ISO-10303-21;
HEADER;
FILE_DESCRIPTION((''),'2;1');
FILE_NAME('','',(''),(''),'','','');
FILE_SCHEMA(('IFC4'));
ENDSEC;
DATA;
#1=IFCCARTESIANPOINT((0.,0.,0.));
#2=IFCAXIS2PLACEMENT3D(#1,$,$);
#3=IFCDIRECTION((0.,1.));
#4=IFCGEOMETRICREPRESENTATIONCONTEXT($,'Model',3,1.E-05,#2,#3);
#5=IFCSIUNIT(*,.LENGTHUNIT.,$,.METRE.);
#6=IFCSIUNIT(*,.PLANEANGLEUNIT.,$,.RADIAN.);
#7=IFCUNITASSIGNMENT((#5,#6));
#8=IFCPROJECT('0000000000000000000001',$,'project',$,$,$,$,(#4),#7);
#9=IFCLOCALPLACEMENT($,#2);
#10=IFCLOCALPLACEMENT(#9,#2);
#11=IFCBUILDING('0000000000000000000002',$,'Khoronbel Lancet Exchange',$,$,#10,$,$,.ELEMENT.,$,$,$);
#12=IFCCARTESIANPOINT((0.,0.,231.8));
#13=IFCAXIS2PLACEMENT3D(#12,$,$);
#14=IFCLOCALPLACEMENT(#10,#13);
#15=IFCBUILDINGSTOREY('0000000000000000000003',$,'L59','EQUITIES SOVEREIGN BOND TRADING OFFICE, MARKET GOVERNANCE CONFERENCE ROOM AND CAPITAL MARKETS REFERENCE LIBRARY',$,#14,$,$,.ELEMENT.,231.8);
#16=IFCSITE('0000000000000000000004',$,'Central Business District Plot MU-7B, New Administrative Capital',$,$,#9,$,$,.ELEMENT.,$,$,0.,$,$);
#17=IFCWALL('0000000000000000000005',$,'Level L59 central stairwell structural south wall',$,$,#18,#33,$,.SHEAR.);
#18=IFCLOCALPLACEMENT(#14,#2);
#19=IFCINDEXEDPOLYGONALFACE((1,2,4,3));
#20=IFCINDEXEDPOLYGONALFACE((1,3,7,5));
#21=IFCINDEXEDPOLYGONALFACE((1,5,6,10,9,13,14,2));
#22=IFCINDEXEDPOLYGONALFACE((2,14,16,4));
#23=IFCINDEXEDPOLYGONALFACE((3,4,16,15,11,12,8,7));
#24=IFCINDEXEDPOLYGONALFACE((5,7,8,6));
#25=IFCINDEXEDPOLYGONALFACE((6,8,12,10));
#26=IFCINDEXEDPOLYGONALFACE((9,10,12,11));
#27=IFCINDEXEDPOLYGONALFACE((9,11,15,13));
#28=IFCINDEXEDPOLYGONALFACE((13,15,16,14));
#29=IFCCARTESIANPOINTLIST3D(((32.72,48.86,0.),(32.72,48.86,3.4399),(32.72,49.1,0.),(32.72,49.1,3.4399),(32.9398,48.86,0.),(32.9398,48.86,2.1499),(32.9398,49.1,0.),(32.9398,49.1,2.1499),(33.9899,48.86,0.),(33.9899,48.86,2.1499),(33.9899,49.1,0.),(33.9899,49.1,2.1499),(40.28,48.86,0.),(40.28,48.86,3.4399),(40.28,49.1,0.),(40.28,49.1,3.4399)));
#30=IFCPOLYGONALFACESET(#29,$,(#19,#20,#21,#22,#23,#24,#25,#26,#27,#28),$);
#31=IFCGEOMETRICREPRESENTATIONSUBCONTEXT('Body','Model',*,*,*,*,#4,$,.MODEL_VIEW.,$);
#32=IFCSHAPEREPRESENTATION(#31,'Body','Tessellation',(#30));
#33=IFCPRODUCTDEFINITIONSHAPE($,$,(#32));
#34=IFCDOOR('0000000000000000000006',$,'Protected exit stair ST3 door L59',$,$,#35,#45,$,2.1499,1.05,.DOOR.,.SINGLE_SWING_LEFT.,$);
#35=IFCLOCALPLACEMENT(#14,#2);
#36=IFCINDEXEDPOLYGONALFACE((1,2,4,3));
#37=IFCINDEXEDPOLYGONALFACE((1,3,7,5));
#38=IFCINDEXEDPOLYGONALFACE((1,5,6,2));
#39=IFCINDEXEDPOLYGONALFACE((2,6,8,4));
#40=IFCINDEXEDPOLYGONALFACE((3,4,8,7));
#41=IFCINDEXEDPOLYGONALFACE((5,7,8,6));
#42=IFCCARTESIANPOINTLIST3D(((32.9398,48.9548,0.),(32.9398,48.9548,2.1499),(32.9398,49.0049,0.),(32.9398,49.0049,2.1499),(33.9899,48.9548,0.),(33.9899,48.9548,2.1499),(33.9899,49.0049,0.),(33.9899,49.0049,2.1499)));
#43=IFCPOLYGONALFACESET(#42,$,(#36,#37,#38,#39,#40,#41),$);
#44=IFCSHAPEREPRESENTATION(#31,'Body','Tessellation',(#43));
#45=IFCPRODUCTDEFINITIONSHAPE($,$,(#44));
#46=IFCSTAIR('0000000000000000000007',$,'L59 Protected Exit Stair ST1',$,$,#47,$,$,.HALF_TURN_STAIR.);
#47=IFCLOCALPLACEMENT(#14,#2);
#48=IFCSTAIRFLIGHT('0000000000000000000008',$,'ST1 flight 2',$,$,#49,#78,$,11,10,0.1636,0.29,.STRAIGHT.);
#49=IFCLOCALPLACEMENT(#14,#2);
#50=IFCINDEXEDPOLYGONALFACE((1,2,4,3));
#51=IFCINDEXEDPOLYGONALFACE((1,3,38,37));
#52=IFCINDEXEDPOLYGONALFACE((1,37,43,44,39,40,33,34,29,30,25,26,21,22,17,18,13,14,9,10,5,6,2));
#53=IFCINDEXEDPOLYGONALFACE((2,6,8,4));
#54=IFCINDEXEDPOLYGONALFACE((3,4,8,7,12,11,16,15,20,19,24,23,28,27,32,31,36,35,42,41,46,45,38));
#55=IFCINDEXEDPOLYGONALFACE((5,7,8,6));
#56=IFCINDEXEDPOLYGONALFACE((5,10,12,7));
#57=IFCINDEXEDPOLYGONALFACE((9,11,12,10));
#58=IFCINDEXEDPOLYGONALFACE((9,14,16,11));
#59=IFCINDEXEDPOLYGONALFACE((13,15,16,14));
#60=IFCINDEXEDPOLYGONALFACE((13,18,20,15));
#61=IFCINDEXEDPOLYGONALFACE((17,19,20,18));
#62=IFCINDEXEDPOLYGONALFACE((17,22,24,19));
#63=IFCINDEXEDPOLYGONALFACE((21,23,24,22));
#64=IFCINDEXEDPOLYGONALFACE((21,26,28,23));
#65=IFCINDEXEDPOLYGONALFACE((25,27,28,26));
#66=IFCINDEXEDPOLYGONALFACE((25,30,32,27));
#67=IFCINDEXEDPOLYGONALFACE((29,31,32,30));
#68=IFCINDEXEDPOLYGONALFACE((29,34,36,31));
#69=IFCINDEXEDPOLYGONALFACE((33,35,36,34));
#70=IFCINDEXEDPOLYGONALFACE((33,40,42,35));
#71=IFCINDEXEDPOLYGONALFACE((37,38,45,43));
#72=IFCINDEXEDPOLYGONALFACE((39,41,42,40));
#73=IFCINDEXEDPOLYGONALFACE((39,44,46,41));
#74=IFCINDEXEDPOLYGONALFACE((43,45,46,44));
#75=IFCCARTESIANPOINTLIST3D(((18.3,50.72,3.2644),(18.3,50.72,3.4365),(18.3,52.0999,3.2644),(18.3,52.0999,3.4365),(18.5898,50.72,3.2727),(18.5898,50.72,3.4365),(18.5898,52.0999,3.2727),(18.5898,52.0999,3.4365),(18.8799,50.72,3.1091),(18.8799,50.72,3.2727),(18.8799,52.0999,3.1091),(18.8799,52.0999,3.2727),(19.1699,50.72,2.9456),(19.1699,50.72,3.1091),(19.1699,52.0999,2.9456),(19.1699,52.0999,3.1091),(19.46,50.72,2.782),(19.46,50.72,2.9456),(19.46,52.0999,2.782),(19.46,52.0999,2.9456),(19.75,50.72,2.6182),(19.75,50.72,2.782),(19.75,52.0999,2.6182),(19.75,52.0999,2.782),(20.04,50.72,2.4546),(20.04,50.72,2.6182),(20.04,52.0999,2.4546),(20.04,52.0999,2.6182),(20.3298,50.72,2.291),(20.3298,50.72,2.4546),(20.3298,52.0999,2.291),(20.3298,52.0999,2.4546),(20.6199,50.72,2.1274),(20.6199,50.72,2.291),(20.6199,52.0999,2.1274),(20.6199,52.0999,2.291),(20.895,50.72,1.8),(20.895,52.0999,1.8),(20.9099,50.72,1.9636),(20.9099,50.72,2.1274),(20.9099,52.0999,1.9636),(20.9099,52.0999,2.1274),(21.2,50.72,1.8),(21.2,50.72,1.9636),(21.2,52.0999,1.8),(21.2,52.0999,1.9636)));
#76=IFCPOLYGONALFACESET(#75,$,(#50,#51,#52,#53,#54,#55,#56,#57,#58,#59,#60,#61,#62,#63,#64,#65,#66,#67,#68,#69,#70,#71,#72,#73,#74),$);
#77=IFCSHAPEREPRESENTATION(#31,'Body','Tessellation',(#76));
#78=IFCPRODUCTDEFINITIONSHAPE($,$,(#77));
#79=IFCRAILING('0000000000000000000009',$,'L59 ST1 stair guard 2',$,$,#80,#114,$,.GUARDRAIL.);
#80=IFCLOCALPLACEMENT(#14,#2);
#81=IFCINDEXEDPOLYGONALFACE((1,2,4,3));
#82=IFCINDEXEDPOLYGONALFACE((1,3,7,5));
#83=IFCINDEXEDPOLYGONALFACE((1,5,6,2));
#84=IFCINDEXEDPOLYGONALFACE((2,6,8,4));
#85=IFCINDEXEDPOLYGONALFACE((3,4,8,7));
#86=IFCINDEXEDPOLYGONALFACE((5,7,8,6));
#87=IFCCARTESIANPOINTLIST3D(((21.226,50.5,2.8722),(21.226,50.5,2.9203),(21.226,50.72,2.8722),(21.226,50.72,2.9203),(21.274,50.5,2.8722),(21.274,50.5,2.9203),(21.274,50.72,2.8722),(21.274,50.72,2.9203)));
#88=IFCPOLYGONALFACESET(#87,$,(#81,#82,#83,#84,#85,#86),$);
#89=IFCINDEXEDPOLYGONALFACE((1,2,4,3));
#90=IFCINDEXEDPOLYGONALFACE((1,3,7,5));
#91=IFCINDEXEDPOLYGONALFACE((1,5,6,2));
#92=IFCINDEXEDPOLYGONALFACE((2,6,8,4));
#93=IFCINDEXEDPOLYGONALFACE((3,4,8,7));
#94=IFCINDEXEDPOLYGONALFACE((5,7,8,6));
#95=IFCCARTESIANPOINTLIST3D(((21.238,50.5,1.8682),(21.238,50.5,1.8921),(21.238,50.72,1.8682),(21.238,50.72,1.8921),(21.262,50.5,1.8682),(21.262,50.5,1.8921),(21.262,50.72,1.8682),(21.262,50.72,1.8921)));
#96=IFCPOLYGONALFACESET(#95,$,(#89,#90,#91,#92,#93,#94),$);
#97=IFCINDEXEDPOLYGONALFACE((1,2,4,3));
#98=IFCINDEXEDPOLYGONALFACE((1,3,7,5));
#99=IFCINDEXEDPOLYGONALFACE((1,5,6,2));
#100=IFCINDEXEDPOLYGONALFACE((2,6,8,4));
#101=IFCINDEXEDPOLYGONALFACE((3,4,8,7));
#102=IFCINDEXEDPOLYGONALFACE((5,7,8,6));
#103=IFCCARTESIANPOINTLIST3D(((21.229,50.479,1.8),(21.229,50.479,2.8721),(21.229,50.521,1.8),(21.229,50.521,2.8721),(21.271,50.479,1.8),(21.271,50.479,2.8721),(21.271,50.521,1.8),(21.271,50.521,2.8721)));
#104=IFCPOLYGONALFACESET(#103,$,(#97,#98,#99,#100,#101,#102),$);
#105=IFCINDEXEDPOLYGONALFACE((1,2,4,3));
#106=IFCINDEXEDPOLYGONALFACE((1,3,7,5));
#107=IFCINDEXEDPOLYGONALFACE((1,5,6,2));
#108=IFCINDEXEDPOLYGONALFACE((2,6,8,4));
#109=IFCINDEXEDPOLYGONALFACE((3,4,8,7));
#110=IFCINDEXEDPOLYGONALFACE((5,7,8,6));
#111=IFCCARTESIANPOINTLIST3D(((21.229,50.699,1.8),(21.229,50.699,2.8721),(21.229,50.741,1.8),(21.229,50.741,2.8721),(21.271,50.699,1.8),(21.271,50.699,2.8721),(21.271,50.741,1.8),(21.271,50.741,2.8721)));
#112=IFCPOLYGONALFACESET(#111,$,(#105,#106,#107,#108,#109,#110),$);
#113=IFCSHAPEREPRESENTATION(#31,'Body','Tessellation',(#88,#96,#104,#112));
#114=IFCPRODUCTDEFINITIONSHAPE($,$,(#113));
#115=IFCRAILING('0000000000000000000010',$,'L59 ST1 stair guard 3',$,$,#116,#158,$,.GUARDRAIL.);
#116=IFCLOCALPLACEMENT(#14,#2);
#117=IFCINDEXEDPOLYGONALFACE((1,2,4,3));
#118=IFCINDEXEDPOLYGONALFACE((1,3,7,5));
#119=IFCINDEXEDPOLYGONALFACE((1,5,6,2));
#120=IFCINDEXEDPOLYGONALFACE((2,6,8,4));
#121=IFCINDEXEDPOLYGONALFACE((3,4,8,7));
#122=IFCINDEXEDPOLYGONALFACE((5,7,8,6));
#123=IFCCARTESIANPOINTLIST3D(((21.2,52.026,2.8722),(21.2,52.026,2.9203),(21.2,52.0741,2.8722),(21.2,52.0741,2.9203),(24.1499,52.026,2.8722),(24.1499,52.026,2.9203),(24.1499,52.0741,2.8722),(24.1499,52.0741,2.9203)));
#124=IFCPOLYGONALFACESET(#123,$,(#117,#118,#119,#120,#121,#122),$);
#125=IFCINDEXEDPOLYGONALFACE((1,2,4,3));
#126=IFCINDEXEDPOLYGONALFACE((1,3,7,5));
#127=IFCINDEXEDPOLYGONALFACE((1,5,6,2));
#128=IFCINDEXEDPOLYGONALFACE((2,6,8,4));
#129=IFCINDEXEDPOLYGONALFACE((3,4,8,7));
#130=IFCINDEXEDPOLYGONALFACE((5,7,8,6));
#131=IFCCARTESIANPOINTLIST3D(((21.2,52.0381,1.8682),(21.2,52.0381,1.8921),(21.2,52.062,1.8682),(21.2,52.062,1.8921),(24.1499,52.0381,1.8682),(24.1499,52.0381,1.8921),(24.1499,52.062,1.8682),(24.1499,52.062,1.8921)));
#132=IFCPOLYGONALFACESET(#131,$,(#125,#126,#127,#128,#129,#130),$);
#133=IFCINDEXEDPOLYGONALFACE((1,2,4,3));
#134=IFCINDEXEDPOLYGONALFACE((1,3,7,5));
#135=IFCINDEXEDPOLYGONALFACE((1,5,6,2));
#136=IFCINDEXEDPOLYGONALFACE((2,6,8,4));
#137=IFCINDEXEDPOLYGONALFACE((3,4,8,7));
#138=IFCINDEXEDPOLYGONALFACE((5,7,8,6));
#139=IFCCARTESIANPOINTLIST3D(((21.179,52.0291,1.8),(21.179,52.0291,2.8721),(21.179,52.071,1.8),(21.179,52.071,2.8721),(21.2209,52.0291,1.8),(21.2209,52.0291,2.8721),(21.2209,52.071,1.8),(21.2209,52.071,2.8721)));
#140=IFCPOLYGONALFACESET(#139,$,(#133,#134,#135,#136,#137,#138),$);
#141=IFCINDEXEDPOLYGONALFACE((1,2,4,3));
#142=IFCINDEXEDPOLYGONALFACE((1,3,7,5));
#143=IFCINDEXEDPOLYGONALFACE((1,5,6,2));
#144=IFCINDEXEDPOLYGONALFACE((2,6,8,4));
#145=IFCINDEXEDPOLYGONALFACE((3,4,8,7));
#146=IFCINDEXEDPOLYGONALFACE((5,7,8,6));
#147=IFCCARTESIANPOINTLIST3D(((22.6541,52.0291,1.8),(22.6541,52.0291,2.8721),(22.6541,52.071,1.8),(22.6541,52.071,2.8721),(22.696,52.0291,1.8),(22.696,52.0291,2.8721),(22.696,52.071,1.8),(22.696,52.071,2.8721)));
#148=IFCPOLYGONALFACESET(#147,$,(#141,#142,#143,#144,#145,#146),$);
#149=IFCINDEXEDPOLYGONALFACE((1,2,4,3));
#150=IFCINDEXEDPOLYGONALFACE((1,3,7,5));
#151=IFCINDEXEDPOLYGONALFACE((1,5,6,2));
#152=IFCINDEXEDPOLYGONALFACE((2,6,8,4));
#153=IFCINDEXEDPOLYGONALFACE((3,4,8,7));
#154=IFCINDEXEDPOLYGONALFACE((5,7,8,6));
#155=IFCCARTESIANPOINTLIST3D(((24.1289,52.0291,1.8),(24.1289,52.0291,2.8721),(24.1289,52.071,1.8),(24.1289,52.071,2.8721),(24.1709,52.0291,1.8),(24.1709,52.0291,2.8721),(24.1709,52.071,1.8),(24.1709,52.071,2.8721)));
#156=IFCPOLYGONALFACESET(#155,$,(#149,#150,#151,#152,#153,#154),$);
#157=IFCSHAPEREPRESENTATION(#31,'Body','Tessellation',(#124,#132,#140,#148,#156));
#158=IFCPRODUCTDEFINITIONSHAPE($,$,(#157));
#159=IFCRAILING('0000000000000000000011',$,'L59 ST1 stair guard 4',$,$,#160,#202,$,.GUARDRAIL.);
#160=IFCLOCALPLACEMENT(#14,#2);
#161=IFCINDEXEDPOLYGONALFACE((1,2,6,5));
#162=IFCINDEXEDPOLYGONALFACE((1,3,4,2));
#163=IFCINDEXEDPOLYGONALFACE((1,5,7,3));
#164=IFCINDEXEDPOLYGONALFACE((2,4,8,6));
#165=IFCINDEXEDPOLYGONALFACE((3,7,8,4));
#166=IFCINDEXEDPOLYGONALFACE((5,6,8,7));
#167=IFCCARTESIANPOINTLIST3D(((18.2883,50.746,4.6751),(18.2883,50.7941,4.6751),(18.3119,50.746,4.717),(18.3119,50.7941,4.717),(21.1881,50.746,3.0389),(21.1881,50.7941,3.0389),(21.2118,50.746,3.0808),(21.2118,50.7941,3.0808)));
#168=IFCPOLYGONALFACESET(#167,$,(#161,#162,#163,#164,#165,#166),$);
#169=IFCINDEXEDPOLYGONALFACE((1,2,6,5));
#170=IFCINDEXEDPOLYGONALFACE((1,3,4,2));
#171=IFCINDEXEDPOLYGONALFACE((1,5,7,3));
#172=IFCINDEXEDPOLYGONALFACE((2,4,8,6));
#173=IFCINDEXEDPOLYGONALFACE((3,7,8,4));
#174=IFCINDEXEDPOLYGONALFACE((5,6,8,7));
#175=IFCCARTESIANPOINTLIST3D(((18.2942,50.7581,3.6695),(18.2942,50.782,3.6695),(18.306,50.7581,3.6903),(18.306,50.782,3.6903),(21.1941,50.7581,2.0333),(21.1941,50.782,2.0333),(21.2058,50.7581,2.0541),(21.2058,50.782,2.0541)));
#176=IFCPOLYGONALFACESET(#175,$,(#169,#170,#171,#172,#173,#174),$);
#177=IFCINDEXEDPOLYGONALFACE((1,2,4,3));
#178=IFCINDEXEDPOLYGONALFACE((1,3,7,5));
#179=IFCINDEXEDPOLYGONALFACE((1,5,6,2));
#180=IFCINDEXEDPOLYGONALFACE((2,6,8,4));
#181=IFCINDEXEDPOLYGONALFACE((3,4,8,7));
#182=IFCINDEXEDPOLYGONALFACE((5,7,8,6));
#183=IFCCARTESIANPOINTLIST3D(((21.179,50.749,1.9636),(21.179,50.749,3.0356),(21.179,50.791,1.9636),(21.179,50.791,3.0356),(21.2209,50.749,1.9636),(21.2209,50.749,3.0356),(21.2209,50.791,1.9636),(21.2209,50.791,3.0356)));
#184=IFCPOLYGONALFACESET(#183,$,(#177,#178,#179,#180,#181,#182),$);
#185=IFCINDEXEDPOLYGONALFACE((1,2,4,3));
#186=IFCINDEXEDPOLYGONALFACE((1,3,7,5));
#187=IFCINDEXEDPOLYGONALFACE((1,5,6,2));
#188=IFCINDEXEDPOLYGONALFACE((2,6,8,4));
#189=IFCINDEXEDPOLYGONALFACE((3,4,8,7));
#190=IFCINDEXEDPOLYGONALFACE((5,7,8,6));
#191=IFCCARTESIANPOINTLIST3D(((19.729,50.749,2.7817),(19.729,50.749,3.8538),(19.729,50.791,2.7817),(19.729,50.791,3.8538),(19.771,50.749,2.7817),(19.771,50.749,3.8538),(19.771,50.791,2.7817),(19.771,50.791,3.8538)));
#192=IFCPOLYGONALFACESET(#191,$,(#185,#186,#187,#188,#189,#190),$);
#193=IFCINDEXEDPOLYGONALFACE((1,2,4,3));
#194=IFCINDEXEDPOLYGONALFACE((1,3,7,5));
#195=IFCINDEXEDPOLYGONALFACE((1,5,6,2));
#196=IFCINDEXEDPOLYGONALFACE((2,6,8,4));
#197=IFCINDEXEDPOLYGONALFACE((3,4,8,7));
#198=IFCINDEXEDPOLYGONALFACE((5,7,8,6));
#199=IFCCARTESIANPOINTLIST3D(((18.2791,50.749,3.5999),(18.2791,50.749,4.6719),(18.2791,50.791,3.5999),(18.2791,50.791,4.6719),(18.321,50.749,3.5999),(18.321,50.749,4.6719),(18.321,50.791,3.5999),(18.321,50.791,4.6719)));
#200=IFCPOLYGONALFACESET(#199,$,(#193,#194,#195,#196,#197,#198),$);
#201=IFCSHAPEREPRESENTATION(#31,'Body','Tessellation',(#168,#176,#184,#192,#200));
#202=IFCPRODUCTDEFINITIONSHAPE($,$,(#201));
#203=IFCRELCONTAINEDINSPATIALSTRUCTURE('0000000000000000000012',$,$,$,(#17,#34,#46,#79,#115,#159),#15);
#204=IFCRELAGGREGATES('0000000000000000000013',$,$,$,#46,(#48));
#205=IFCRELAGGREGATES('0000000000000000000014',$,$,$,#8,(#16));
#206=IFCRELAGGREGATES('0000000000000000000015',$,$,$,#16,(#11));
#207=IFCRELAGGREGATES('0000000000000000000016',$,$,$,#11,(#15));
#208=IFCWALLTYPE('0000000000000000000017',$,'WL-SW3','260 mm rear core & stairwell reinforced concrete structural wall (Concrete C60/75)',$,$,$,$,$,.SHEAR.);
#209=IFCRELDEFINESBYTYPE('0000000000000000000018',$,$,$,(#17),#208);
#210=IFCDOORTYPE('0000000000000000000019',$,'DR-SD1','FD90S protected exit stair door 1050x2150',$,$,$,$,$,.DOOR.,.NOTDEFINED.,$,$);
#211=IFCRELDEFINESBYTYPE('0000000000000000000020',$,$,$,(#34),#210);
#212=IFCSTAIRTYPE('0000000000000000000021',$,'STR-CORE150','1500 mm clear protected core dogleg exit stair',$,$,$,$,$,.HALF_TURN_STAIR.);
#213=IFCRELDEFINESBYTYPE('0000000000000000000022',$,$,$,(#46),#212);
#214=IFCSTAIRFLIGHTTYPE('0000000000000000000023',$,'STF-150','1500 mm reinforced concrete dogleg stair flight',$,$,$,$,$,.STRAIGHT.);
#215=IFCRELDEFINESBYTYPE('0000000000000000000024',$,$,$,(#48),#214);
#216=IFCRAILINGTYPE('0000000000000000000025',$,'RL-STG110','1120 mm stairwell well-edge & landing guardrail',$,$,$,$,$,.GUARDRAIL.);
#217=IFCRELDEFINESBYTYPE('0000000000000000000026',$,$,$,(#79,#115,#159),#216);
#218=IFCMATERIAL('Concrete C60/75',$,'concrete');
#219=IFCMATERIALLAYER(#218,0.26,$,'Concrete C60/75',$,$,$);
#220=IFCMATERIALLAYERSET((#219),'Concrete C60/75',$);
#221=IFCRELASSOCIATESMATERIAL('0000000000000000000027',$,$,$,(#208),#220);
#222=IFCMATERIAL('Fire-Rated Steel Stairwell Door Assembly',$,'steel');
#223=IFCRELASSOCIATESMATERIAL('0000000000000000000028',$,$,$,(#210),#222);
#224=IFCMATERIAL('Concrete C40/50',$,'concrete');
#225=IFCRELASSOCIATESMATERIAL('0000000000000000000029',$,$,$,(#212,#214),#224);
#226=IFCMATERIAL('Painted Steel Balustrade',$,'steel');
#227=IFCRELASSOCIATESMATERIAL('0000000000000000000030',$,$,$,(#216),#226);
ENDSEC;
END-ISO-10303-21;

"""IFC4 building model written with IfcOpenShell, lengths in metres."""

from ifc_helpers import new_model, si_unit, direction, frame, frame_2d, origin, origin_2d, place, context, subcontext, project, spatial, polyline, rectangle, outline, extrude, material, layer, layer_set, type_object, element, fill, aggregate, save


model = new_model("IFC4")

# Units and contexts
model_context = context("Model", 3, precision=1e-05, world=origin(), true_north=direction((0.0, 1.0)))
body_context = subcontext(model_context, "Body", "Model", "MODEL_VIEW")
ifc_project = project(units=[si_unit("LENGTHUNIT", "METRE"), si_unit("PLANEANGLEUNIT", "RADIAN")], contexts=[model_context])

# Site, building, storey
site_placement = place(None, origin())
site = spatial("IfcSite", under=ifc_project, at=site_placement, Name="Central Business District Plot MU-7B, New Administrative Capital", CompositionType="ELEMENT", RefElevation=0.0)
building_placement = place(site_placement, origin())
building = spatial("IfcBuilding", under=site, at=building_placement, Name="Khoronbel Lancet Exchange", CompositionType="ELEMENT")
storey_placement = place(building_placement, frame((0.0, 0.0, 231.8)))
storey = spatial("IfcBuildingStorey", under=building, at=storey_placement, Name="L59", Description="EQUITIES SOVEREIGN BOND TRADING OFFICE, MARKET GOVERNANCE CONFERENCE ROOM AND CAPITAL MARKETS REFERENCE LIBRARY", CompositionType="ELEMENT", Elevation=231.8)

# Shared definitions
ifc_material_1 = material(Name="Concrete C60/75", Category="concrete")
ifc_layer_1 = layer(ifc_material_1, 0.26, Name="Concrete C60/75")
ifc_layer_set_1 = layer_set([ifc_layer_1], Name="Concrete C60/75")
wall_type_1 = type_object("IfcWallType", Name="WL-SW3", Description="260 mm rear core & stairwell reinforced concrete structural wall (Concrete C60/75)", PredefinedType="SHEAR", material=ifc_layer_set_1)

# Wall, opening, door
wall_1_placement = place(storey_placement, frame((32.72, 48.98, 0.0), z_axis=(0.0, 0.0, 1.0), x_axis=(1.0, 0.0, 0.0)))
wall_1 = element("IfcWall", 1, at=wall_1_placement, inside=storey, type_object=wall_type_1, Name="Level L59 central stairwell structural south wall", PredefinedType="SHEAR", context=body_context, shape_type="SweptSolid", body=[
    extrude(rectangle(XDim=7.5601, YDim=0.24, at=frame_2d((3.78, 0.0))), origin(), (0.0, 0.0, 1.0), 3.4399),
])
opening_1_placement = place(wall_1_placement, frame((0.22, 0.0, 0.0)))
opening_1 = element("IfcOpeningElement", 2, at=opening_1_placement, cuts=wall_1, PredefinedType="OPENING", context=body_context, shape_type="SweptSolid", body=[
    extrude(rectangle(XDim=1.05, YDim=2.1499, at=frame_2d((0.5249, 1.075))), frame((0.0, 0.1299, 0.0), z_axis=(0.0, -1.0, 0.0), x_axis=(1.0, 0.0, 0.0)), (0.0, 0.0, 1.0), 0.26),
])
ifc_material_2 = material(Name="Fire-Rated Steel Stairwell Door Assembly", Category="steel")
door_type_1 = type_object("IfcDoorType", Name="DR-SD1", Description="FD90S protected exit stair door 1050x2150", OperationType="NOTDEFINED", PredefinedType="DOOR", material=ifc_material_2)
door_1_placement = place(opening_1_placement, origin())
door_1 = element("IfcDoor", 3, at=door_1_placement, inside=storey, type_object=door_type_1, Name="Protected exit stair ST3 door L59", OperationType="SINGLE_SWING_LEFT", OverallHeight=2.1499, OverallWidth=1.05, PredefinedType="DOOR", context=body_context, shape_type="SweptSolid", body=[
    extrude(rectangle(XDim=1.05, YDim=2.1499, at=frame_2d((0.5249, 1.075))), frame((0.0, 0.0249, 0.0), z_axis=(0.0, -1.0, 0.0), x_axis=(1.0, 0.0, 0.0)), (0.0, 0.0, 1.0), 0.05),
])
fill(opening_1, door_1)

# Stair, stair flight
ifc_material_3 = material(Name="Concrete C40/50", Category="concrete")
stair_type = type_object("IfcStairType", Name="STR-CORE150", Description="1500 mm clear protected core dogleg exit stair", PredefinedType="HALF_TURN_STAIR", material=ifc_material_3)
stair_placement = place(storey_placement, origin())
stair = element("IfcStair", 4, at=stair_placement, inside=storey, type_object=stair_type, Name="L59 Protected Exit Stair ST1", PredefinedType="HALF_TURN_STAIR")
stair_flight_type = type_object("IfcStairFlightType", Name="STF-150", Description="1500 mm reinforced concrete dogleg stair flight", PredefinedType="STRAIGHT", material=ifc_material_3)
stair_flight_placement = place(storey_placement, frame((21.2, 51.4099, 1.8), z_axis=(0.0, 0.0, 1.0), x_axis=(-1.0, 0.0, 0.0)))
stair_flight = element("IfcStairFlight", 5, at=stair_flight_placement, type_object=stair_flight_type, Name="ST1 flight 2", NumberOfRisers=11, NumberOfTreads=10, PredefinedType="STRAIGHT", RiserHeight=0.1636, TreadLength=0.29, context=body_context, shape_type="SweptSolid", body=[
    extrude(outline(polyline([(0.0, 0.0), (0.0, 0.1636), (0.29, 0.1636), (0.29, 0.3274), (0.5801, 0.3274), (0.5801, 0.491), (0.8701, 0.491), (0.8701, 0.6545), (1.1599, 0.6545), (1.1599, 0.8181), (1.45, 0.8181), (1.45, 0.9819), (1.74, 0.9819), (1.74, 1.1455), (2.03, 1.1455), (2.03, 1.3091), (2.3201, 1.3091), (2.3201, 1.4727), (2.6101, 1.4727), (2.6101, 1.6365), (2.8999, 1.6365), (2.8999, 1.8), (2.8999, 1.4644), (0.3049, 0.0), (0.0, 0.0)])), frame((0.0, 0.6899, 0.0), z_axis=(0.0, -1.0, 0.0), x_axis=(1.0, 0.0, 0.0)), (0.0, 0.0, 1.0), 1.3799),
])
aggregate(stair, [stair_flight])

# Railings
ifc_material_4 = material(Name="Painted Steel Balustrade", Category="steel")
railing_type_1 = type_object("IfcRailingType", Name="RL-STG110", Description="1120 mm stairwell well-edge & landing guardrail", PredefinedType="GUARDRAIL", material=ifc_material_4)
railing_1_placement = place(storey_placement, frame((21.25, 50.5, 1.8)))
element("IfcRailing", 6, at=railing_1_placement, inside=storey, type_object=railing_type_1, Name="L59 ST1 stair guard 2", PredefinedType="GUARDRAIL", context=body_context, shape_type="SweptSolid", body=[
    extrude(rectangle(XDim=0.0481, YDim=0.0481, at=origin_2d()), frame((0.0, 0.0, 1.0962), z_axis=(0.0, 1.0, 0.0), x_axis=(-1.0, 0.0, 0.0)), (0.0, 0.0, 1.0), 0.22),
    extrude(rectangle(XDim=0.0239, YDim=0.0239, at=origin_2d()), frame((0.0, 0.0, 0.0801), z_axis=(0.0, 1.0, 0.0), x_axis=(-1.0, 0.0, 0.0)), (0.0, 0.0, 1.0), 0.22),
    extrude(rectangle(XDim=0.042, YDim=0.042, at=origin_2d()), origin(), (0.0, 0.0, 1.0), 1.072),
    extrude(rectangle(XDim=0.042, YDim=0.042, at=origin_2d()), frame((0.0, 0.22, 0.0)), (0.0, 0.0, 1.0), 1.072),
])
railing_2_placement = place(storey_placement, frame((21.2, 52.05, 1.8)))
element("IfcRailing", 7, at=railing_2_placement, inside=storey, type_object=railing_type_1, Name="L59 ST1 stair guard 3", PredefinedType="GUARDRAIL", context=body_context, shape_type="SweptSolid", body=[
    extrude(rectangle(XDim=0.0481, YDim=0.0481, at=origin_2d()), frame((0.0, 0.0, 1.0962), z_axis=(1.0, 0.0, 0.0), x_axis=(0.0, 1.0, 0.0)), (0.0, 0.0, 1.0), 2.95),
    extrude(rectangle(XDim=0.0239, YDim=0.0239, at=origin_2d()), frame((0.0, 0.0, 0.0801), z_axis=(1.0, 0.0, 0.0), x_axis=(0.0, 1.0, 0.0)), (0.0, 0.0, 1.0), 2.95),
    extrude(rectangle(XDim=0.042, YDim=0.042, at=origin_2d()), origin(), (0.0, 0.0, 1.0), 1.072),
    extrude(rectangle(XDim=0.042, YDim=0.042, at=origin_2d()), frame((1.4751, 0.0, 0.0)), (0.0, 0.0, 1.0), 1.072),
    extrude(rectangle(XDim=0.042, YDim=0.042, at=origin_2d()), frame((2.95, 0.0, 0.0)), (0.0, 0.0, 1.0), 1.072),
])
railing_3_placement = place(storey_placement, frame((21.2, 50.77, 1.9636)))
element("IfcRailing", 8, at=railing_3_placement, inside=storey, type_object=railing_type_1, Name="L59 ST1 stair guard 4", PredefinedType="GUARDRAIL", context=body_context, shape_type="SweptSolid", body=[
    extrude(rectangle(XDim=0.0481, YDim=0.0481, at=origin_2d()), frame((0.0, 0.0, 1.0962), z_axis=(-0.870929, 0.0, 0.49141), x_axis=(0.0, -1.0, 0.0)), (0.0, 0.0, 1.0), 3.3296),
    extrude(rectangle(XDim=0.0239, YDim=0.0239, at=origin_2d()), frame((0.0, 0.0, 0.0801), z_axis=(-0.870929, 0.0, 0.49141), x_axis=(0.0, -1.0, 0.0)), (0.0, 0.0, 1.0), 3.3296),
    extrude(rectangle(XDim=0.042, YDim=0.042, at=origin_2d()), origin(), (0.0, 0.0, 1.0), 1.072),
    extrude(rectangle(XDim=0.042, YDim=0.042, at=origin_2d()), frame((-1.45, 0.0, 0.8181)), (0.0, 0.0, 1.0), 1.072),
    extrude(rectangle(XDim=0.042, YDim=0.042, at=origin_2d()), frame((-2.8999, 0.0, 1.6362)), (0.0, 0.0, 1.0), 1.072),
])

save(model, "model.ifc")
